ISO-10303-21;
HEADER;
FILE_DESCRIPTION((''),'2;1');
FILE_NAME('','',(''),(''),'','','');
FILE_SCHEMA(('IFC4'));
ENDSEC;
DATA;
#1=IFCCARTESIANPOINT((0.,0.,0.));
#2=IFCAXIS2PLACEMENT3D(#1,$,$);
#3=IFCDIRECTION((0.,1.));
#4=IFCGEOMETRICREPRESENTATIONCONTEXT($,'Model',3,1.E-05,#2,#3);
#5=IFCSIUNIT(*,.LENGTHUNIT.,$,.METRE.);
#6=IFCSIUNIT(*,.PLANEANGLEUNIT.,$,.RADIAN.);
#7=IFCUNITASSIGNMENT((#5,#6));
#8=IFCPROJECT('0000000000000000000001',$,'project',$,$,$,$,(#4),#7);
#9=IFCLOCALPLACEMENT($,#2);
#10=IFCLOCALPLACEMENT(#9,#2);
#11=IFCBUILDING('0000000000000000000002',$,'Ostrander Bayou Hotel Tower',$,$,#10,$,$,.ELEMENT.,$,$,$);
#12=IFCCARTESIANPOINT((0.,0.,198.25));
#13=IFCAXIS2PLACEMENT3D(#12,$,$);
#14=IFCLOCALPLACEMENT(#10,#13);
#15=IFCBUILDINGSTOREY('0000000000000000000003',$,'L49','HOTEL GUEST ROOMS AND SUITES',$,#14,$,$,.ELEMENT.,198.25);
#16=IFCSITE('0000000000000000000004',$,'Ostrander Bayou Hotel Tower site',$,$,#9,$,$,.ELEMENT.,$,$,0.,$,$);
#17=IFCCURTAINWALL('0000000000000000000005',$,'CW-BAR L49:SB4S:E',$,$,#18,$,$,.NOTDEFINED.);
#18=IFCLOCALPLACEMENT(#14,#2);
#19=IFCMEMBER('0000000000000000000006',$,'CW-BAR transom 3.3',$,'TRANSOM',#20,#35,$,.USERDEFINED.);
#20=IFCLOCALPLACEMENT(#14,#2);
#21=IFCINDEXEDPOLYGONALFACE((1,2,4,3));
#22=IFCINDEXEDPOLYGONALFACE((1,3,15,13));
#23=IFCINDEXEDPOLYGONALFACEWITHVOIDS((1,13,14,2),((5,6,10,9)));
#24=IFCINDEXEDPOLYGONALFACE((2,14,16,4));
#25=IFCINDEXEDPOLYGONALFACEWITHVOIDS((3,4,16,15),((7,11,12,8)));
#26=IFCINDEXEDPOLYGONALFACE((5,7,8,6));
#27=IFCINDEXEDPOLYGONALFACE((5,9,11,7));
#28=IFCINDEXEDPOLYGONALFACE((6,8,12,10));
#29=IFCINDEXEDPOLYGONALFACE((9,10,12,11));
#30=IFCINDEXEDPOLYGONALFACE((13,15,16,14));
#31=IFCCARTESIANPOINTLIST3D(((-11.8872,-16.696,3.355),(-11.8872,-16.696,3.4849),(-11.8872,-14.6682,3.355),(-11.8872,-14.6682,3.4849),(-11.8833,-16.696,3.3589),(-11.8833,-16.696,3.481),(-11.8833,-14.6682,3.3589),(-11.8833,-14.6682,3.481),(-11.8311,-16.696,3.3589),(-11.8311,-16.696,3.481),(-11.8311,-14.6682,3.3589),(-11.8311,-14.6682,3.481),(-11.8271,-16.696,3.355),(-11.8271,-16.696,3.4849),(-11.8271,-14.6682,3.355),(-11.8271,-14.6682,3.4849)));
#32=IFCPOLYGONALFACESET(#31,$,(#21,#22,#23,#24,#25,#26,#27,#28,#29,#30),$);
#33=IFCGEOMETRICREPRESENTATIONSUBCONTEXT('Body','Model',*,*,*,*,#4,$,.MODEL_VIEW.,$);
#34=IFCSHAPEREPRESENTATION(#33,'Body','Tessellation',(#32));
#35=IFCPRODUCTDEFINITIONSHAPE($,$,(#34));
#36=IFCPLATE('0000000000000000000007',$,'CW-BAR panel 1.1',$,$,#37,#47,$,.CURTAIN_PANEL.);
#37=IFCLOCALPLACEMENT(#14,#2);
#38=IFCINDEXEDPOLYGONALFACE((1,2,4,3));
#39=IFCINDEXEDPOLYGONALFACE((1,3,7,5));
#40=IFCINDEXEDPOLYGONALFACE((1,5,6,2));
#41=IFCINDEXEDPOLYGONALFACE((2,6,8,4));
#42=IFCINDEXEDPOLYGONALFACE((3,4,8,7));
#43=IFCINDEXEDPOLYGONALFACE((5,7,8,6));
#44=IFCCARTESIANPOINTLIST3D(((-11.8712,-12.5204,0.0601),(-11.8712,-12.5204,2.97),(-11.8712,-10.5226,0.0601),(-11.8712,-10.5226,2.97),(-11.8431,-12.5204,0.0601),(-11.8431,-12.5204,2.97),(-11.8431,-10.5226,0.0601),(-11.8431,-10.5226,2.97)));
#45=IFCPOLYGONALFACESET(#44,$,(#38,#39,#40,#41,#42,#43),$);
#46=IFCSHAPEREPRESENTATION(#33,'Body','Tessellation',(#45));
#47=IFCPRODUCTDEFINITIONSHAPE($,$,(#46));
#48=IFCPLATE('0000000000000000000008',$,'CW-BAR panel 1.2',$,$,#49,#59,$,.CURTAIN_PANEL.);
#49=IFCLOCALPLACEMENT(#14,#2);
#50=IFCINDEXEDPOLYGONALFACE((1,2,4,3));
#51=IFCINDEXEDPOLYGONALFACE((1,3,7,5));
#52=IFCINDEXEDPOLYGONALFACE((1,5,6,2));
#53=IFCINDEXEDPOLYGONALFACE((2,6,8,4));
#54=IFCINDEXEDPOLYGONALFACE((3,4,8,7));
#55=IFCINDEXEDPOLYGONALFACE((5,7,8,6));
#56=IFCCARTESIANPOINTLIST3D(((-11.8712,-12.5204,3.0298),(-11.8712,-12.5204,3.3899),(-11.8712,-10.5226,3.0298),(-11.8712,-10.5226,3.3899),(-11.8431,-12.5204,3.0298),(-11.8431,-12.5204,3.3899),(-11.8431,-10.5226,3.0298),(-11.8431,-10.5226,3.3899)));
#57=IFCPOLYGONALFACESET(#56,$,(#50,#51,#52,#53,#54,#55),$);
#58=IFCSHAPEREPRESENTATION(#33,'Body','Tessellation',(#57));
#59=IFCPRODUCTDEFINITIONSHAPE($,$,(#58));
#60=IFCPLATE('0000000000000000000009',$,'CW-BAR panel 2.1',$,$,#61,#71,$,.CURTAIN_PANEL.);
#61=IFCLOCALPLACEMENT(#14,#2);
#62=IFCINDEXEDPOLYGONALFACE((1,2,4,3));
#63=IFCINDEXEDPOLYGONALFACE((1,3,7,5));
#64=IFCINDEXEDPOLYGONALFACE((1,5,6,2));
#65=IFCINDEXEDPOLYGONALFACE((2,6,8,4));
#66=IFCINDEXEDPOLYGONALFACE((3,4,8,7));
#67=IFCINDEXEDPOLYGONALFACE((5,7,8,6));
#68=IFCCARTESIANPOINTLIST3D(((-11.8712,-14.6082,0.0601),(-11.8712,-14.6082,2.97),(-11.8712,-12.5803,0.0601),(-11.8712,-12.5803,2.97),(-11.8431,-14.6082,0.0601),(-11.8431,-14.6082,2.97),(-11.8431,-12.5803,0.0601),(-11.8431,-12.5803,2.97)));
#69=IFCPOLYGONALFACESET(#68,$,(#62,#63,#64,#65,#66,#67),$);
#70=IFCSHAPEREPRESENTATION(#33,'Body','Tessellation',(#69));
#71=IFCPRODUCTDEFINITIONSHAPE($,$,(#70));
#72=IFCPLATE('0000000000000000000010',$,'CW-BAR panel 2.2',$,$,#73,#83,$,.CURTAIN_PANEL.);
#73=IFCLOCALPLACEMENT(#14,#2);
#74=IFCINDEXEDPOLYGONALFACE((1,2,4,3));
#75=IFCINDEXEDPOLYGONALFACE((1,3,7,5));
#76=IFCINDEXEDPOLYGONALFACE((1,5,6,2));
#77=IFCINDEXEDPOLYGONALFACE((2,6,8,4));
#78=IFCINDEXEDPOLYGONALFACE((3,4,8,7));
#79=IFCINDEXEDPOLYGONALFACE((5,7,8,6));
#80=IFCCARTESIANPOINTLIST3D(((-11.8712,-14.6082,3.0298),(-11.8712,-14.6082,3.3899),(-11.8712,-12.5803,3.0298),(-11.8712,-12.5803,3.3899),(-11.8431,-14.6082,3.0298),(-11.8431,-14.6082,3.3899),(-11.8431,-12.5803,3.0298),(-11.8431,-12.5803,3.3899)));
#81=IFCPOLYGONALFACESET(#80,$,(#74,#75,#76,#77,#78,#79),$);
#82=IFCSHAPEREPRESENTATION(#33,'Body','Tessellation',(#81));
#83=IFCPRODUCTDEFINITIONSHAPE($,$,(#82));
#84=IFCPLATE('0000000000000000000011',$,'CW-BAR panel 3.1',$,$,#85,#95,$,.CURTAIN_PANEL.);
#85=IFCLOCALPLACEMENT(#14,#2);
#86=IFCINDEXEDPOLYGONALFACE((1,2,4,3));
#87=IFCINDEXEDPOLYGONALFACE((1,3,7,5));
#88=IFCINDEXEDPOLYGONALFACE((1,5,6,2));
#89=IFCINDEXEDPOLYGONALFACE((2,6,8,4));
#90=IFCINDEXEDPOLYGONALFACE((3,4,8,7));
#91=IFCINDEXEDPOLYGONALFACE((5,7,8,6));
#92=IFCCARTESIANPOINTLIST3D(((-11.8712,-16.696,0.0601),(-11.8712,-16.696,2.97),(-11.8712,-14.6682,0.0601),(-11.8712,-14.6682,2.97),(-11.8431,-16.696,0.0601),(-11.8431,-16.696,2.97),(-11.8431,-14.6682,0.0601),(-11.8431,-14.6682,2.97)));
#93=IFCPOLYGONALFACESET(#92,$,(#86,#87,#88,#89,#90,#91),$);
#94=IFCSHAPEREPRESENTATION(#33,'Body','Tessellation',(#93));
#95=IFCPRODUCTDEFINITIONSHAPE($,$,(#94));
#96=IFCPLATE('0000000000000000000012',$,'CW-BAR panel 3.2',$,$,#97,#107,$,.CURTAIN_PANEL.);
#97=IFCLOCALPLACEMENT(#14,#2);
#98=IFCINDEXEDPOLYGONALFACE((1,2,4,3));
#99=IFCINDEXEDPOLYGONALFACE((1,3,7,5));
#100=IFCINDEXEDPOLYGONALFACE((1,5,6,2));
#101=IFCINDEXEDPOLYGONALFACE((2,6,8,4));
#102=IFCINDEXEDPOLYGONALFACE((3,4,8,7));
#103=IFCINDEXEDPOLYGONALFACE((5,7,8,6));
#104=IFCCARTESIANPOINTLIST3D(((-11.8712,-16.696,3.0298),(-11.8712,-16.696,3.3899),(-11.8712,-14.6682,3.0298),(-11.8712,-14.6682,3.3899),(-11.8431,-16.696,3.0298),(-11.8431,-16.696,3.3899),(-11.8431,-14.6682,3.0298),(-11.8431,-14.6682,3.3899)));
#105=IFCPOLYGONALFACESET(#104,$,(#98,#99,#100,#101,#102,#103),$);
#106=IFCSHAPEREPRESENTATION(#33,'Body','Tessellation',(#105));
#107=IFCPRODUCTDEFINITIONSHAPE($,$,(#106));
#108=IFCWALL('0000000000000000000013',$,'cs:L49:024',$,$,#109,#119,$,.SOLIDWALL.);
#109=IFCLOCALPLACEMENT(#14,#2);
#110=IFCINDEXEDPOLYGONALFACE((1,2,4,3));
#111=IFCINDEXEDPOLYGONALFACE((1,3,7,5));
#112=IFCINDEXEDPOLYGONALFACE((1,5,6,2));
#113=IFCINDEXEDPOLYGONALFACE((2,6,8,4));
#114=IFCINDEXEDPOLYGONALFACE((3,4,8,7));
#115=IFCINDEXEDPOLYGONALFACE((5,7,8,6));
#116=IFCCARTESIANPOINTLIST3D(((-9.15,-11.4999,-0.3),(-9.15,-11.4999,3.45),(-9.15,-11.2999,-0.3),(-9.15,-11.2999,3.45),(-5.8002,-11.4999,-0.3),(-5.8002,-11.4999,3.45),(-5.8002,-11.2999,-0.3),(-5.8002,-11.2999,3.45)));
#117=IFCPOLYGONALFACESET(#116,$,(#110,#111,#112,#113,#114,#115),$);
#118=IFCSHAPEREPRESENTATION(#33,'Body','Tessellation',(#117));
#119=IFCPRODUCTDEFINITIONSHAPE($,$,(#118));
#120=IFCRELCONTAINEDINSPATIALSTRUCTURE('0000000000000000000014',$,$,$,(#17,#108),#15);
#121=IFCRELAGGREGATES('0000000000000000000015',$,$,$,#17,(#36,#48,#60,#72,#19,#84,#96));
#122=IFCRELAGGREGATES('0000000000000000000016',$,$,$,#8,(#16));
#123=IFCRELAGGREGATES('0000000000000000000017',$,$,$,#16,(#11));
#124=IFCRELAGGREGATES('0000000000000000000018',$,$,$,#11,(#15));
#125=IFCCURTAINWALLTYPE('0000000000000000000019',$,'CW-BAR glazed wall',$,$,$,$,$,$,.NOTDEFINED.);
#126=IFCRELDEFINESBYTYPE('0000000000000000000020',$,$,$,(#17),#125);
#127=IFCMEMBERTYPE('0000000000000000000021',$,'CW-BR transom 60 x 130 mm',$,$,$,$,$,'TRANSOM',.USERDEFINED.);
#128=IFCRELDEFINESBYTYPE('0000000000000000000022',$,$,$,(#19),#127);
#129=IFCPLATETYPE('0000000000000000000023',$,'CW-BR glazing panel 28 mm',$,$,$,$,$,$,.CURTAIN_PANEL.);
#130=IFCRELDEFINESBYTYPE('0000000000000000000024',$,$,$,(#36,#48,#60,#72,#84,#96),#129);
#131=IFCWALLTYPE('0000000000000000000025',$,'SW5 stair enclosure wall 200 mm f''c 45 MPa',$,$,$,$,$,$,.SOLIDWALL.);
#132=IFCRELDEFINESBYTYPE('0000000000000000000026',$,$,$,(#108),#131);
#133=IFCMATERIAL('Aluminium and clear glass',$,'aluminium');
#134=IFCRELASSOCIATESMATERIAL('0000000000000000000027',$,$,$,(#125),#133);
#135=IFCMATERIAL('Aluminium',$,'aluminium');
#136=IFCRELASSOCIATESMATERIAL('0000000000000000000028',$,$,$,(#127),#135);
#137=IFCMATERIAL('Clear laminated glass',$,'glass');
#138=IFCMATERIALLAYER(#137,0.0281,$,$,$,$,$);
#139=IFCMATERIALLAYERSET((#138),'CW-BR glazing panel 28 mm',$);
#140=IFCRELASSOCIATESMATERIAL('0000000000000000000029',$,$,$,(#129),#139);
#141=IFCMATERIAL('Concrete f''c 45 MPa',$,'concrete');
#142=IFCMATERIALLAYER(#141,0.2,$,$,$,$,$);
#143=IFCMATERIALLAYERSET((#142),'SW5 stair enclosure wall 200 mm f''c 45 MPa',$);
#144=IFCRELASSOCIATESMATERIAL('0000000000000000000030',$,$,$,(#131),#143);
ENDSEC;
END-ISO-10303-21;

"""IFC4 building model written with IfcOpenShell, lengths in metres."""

from ifc_helpers import new_model, si_unit, direction, frame, frame_2d, origin, origin_2d, place, context, subcontext, project, spatial, rectangle, hollow_rectangle, extrude, material, layer, layer_set, material_profile, profile_set, type_object, element, aggregate, save


model = new_model("IFC4")

# Units and contexts
model_context = context("Model", 3, precision=1e-05, world=origin(), true_north=direction((0.0, 1.0)))
body_context = subcontext(model_context, "Body", "Model", "MODEL_VIEW")
ifc_project = project(units=[si_unit("LENGTHUNIT", "METRE"), si_unit("PLANEANGLEUNIT", "RADIAN")], contexts=[model_context])

# Site, building, storey
site_placement = place(None, origin())
site = spatial("IfcSite", under=ifc_project, at=site_placement, Name="Ostrander Bayou Hotel Tower site", CompositionType="ELEMENT", RefElevation=0.0)
building_placement = place(site_placement, origin())
building = spatial("IfcBuilding", under=site, at=building_placement, Name="Ostrander Bayou Hotel Tower", CompositionType="ELEMENT")
storey_placement = place(building_placement, frame((0.0, 0.0, 198.25)))
storey = spatial("IfcBuildingStorey", under=building, at=storey_placement, Name="L49", Description="HOTEL GUEST ROOMS AND SUITES", CompositionType="ELEMENT", Elevation=198.25)

# Curtain wall, member, plates
ifc_material_1 = material(Name="Aluminium and clear glass", Category="aluminium")
curtain_wall_type = type_object("IfcCurtainWallType", Name="CW-BAR glazed wall", PredefinedType="NOTDEFINED", material=ifc_material_1)
curtain_wall_placement = place(storey_placement, origin())
curtain_wall = element("IfcCurtainWall", 1, at=curtain_wall_placement, inside=storey, type_object=curtain_wall_type, Name="CW-BAR L49:SB4S:E", PredefinedType="NOTDEFINED")
ifc_material_2 = material(Name="Aluminium", Category="aluminium")
ifc_material_profile_1 = material_profile(ifc_material_2, hollow_rectangle(XDim=0.0601, YDim=0.1299, WallThickness=0.0039, at=origin_2d()))
ifc_profile_set_1 = profile_set([ifc_material_profile_1], Name="Aluminium")
member_type_1 = type_object("IfcMemberType", Name="CW-BR transom 60 x 130 mm", ElementType="TRANSOM", PredefinedType="USERDEFINED", material=ifc_profile_set_1)
member_1_placement = place(storey_placement, frame((-11.8572, -14.6682, 3.4199), z_axis=(0.0, -1.0, 0.0), x_axis=(1.0, 0.0, 0.0)))
member_1 = element("IfcMember", 2, at=member_1_placement, type_object=member_type_1, Name="CW-BAR transom 3.3", ObjectType="TRANSOM", PredefinedType="USERDEFINED", context=body_context, shape_type="SweptSolid", body=[
    extrude(hollow_rectangle(XDim=0.0601, YDim=0.1299, WallThickness=0.0039, at=origin_2d()), origin(), (0.0, 0.0, 1.0), 2.0278),
])
ifc_material_3 = material(Name="Clear laminated glass", Category="glass")
ifc_layer_1 = layer(ifc_material_3, 0.0281)
ifc_layer_set_1 = layer_set([ifc_layer_1], Name="CW-BR glazing panel 28 mm")
plate_type = type_object("IfcPlateType", Name="CW-BR glazing panel 28 mm", PredefinedType="CURTAIN_PANEL", material=ifc_layer_set_1)
plate_1_placement = place(storey_placement, frame((-11.8572, -11.5215, 0.0601), z_axis=(0.0, 0.0, 1.0), x_axis=(0.0, -1.0, 0.0)))
plate_1 = element("IfcPlate", 3, at=plate_1_placement, type_object=plate_type, Name="CW-BAR panel 1.1", PredefinedType="CURTAIN_PANEL", context=body_context, shape_type="SweptSolid", body=[
    extrude(rectangle(XDim=1.9978, YDim=0.0281, at=origin_2d()), origin(), (0.0, 0.0, 1.0), 2.9099),
])
plate_2_placement = place(storey_placement, frame((-11.8572, -11.5215, 3.0298), z_axis=(0.0, 0.0, 1.0), x_axis=(0.0, -1.0, 0.0)))
plate_2 = element("IfcPlate", 4, at=plate_2_placement, type_object=plate_type, Name="CW-BAR panel 1.2", PredefinedType="CURTAIN_PANEL", context=body_context, shape_type="SweptSolid", body=[
    extrude(rectangle(XDim=1.9978, YDim=0.0281, at=origin_2d()), origin(), (0.0, 0.0, 1.0), 0.3601),
])
plate_3_placement = place(storey_placement, frame((-11.8572, -13.5942, 0.0601), z_axis=(0.0, 0.0, 1.0), x_axis=(0.0, -1.0, 0.0)))
plate_3 = element("IfcPlate", 5, at=plate_3_placement, type_object=plate_type, Name="CW-BAR panel 2.1", PredefinedType="CURTAIN_PANEL", context=body_context, shape_type="SweptSolid", body=[
    extrude(rectangle(XDim=2.0278, YDim=0.0281, at=origin_2d()), origin(), (0.0, 0.0, 1.0), 2.9099),
])
plate_4_placement = place(storey_placement, frame((-11.8572, -13.5942, 3.0298), z_axis=(0.0, 0.0, 1.0), x_axis=(0.0, -1.0, 0.0)))
plate_4 = element("IfcPlate", 6, at=plate_4_placement, type_object=plate_type, Name="CW-BAR panel 2.2", PredefinedType="CURTAIN_PANEL", context=body_context, shape_type="SweptSolid", body=[
    extrude(rectangle(XDim=2.0278, YDim=0.0281, at=origin_2d()), origin(), (0.0, 0.0, 1.0), 0.3601),
])
plate_5_placement = place(storey_placement, frame((-11.8572, -15.6821, 0.0601), z_axis=(0.0, 0.0, 1.0), x_axis=(0.0, -1.0, 0.0)))
plate_5 = element("IfcPlate", 7, at=plate_5_placement, type_object=plate_type, Name="CW-BAR panel 3.1", PredefinedType="CURTAIN_PANEL", context=body_context, shape_type="SweptSolid", body=[
    extrude(rectangle(XDim=2.0278, YDim=0.0281, at=origin_2d()), origin(), (0.0, 0.0, 1.0), 2.9099),
])
plate_6_placement = place(storey_placement, frame((-11.8572, -15.6821, 3.0298), z_axis=(0.0, 0.0, 1.0), x_axis=(0.0, -1.0, 0.0)))
plate_6 = element("IfcPlate", 8, at=plate_6_placement, type_object=plate_type, Name="CW-BAR panel 3.2", PredefinedType="CURTAIN_PANEL", context=body_context, shape_type="SweptSolid", body=[
    extrude(rectangle(XDim=2.0278, YDim=0.0281, at=origin_2d()), origin(), (0.0, 0.0, 1.0), 0.3601),
])
aggregate(curtain_wall, [plate_1, plate_2, plate_3, plate_4, member_1, plate_5, plate_6])

# Wall
ifc_material_4 = material(Name="Concrete f'c 45 MPa", Category="concrete")
ifc_layer_2 = layer(ifc_material_4, 0.2)
ifc_layer_set_2 = layer_set([ifc_layer_2], Name="SW5 stair enclosure wall 200 mm f'c 45 MPa")
wall_type_1 = type_object("IfcWallType", Name="SW5 stair enclosure wall 200 mm f'c 45 MPa", PredefinedType="SOLIDWALL", material=ifc_layer_set_2)
wall_1_placement = place(storey_placement, frame((-9.1499, -11.3999, -0.3), z_axis=(0.0, 0.0, 1.0), x_axis=(1.0, 0.0, 0.0)))
element("IfcWall", 9, at=wall_1_placement, inside=storey, type_object=wall_type_1, Name="cs:L49:024", PredefinedType="SOLIDWALL", context=body_context, shape_type="SweptSolid", body=[
    extrude(rectangle(XDim=3.3499, YDim=0.2, at=frame_2d((1.6748, 0.0))), origin(), (0.0, 0.0, 1.0), 3.75),
])

save(model, "model.ifc")
